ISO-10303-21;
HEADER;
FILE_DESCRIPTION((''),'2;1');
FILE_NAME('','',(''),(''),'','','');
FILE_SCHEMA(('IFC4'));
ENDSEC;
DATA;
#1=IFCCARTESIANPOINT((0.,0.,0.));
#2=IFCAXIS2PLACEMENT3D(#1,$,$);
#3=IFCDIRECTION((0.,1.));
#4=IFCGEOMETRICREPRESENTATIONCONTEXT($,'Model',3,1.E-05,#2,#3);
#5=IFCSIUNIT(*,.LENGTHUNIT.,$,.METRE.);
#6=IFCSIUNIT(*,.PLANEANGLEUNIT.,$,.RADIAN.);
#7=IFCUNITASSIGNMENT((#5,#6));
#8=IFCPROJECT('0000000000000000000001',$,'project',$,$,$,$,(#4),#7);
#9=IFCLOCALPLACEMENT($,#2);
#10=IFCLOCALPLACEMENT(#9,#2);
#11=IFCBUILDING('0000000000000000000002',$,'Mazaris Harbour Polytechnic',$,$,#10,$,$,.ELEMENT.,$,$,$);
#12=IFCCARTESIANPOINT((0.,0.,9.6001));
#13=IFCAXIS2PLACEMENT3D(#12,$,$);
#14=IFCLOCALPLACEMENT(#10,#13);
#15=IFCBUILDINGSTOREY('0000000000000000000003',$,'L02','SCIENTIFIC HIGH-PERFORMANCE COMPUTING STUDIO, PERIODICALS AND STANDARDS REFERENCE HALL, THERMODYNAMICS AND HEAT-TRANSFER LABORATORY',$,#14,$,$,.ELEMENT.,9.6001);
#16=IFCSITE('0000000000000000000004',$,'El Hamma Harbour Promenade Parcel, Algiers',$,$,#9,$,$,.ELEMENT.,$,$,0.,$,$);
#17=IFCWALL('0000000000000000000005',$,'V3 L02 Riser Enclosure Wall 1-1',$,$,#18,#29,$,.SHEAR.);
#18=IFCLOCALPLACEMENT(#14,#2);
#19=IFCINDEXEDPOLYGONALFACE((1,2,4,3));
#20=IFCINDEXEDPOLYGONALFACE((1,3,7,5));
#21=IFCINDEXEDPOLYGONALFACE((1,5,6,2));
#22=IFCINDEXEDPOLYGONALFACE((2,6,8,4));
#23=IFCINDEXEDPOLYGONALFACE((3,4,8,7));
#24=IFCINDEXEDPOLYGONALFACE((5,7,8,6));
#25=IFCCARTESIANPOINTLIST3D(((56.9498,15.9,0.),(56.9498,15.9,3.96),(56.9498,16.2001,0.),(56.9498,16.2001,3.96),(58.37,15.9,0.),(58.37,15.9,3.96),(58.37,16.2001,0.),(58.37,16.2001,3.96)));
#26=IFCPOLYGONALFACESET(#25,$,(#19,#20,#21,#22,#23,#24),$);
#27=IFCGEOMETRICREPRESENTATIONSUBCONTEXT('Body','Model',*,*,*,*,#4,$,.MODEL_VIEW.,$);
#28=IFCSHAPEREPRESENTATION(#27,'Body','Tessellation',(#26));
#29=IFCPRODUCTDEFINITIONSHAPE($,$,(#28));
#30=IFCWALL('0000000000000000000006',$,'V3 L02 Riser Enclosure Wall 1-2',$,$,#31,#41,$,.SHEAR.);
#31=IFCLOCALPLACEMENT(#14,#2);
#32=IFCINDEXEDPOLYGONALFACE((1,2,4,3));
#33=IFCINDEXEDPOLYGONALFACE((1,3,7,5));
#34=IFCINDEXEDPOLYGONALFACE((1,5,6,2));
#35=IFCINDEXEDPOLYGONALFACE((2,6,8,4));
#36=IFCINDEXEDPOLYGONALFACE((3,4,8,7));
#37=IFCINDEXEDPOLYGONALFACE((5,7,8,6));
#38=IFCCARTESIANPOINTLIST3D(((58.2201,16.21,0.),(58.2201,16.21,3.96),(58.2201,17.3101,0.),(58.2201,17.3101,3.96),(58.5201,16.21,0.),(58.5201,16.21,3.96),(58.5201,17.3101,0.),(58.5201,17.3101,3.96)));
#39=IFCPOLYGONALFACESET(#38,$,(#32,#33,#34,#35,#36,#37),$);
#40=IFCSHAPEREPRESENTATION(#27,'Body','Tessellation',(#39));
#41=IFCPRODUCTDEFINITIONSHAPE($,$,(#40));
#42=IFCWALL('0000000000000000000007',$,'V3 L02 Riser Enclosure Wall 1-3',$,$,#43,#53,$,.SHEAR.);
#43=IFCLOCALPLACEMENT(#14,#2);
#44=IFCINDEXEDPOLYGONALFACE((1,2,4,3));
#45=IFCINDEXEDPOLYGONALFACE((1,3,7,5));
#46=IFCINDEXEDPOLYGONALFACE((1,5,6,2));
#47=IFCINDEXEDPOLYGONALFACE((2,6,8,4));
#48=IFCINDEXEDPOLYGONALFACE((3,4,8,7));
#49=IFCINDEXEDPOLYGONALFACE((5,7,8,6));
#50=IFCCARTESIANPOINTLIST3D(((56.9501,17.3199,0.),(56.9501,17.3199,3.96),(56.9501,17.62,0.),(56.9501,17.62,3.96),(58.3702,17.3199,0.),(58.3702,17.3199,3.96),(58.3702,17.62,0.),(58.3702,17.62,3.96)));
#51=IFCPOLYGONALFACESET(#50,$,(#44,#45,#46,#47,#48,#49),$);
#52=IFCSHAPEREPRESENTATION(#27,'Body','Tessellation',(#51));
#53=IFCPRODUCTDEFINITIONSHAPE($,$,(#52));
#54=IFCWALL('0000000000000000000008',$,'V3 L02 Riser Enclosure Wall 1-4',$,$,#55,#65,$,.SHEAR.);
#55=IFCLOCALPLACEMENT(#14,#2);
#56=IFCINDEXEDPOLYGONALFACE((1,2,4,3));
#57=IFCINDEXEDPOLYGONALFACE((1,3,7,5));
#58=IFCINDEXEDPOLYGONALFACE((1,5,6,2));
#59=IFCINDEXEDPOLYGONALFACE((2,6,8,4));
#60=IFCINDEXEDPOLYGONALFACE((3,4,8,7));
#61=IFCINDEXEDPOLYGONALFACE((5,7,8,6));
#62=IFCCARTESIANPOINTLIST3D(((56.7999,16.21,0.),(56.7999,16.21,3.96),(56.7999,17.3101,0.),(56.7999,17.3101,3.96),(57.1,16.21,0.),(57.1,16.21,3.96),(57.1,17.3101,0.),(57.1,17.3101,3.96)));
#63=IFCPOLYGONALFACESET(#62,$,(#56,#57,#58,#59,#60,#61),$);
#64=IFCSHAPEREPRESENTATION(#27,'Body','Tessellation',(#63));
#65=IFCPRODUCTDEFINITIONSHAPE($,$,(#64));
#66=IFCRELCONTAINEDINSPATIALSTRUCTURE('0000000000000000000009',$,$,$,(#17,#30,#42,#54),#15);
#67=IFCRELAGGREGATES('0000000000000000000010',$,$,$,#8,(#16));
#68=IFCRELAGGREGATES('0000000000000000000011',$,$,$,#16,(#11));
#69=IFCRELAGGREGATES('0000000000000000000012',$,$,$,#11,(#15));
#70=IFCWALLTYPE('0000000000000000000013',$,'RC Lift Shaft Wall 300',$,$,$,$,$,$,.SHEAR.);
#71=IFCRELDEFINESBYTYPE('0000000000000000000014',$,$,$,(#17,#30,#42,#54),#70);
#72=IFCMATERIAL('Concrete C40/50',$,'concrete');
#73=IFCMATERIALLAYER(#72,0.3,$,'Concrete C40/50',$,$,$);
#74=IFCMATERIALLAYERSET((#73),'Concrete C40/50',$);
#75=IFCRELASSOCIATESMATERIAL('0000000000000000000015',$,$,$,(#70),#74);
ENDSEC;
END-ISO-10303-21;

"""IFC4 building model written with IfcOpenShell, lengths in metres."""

from ifc_helpers import new_model, si_unit, direction, frame, frame_2d, origin, place, context, subcontext, project, spatial, rectangle, extrude, material, layer, layer_set, type_object, element, save


model = new_model("IFC4")

# Units and contexts
model_context = context("Model", 3, precision=1e-05, world=origin(), true_north=direction((0.0, 1.0)))
body_context = subcontext(model_context, "Body", "Model", "MODEL_VIEW")
ifc_project = project(units=[si_unit("LENGTHUNIT", "METRE"), si_unit("PLANEANGLEUNIT", "RADIAN")], contexts=[model_context])

# Site, building, storey
site_placement = place(None, origin())
site = spatial("IfcSite", under=ifc_project, at=site_placement, Name="El Hamma Harbour Promenade Parcel, Algiers", CompositionType="ELEMENT", RefElevation=0.0)
building_placement = place(site_placement, origin())
building = spatial("IfcBuilding", under=site, at=building_placement, Name="Mazaris Harbour Polytechnic", CompositionType="ELEMENT")
storey_placement = place(building_placement, frame((0.0, 0.0, 9.6001)))
storey = spatial("IfcBuildingStorey", under=building, at=storey_placement, Name="L02", Description="SCIENTIFIC HIGH-PERFORMANCE COMPUTING STUDIO, PERIODICALS AND STANDARDS REFERENCE HALL, THERMODYNAMICS AND HEAT-TRANSFER LABORATORY", CompositionType="ELEMENT", Elevation=9.6001)

# Walls
ifc_material_1 = material(Name="Concrete C40/50", Category="concrete")
ifc_layer_1 = layer(ifc_material_1, 0.3, Name="Concrete C40/50")
ifc_layer_set_1 = layer_set([ifc_layer_1], Name="Concrete C40/50")
wall_type = type_object("IfcWallType", Name="RC Lift Shaft Wall 300", PredefinedType="SHEAR", material=ifc_layer_set_1)
wall_1_placement = place(storey_placement, frame((56.95, 16.05, 0.0), z_axis=(0.0, 0.0, 1.0), x_axis=(1.0, 0.0, 0.0)))
element("IfcWall", 1, at=wall_1_placement, inside=storey, type_object=wall_type, Name="V3 L02 Riser Enclosure Wall 1-1", PredefinedType="SHEAR", context=body_context, shape_type="SweptSolid", body=[
    extrude(rectangle(XDim=1.4202, YDim=0.3, at=frame_2d((0.71, 0.0))), origin(), (0.0, 0.0, 1.0), 3.96),
])
wall_2_placement = place(storey_placement, frame((58.3701, 16.21, 0.0), z_axis=(0.0, 0.0, 1.0), x_axis=(0.0, 1.0, 0.0)))
element("IfcWall", 2, at=wall_2_placement, inside=storey, type_object=wall_type, Name="V3 L02 Riser Enclosure Wall 1-2", PredefinedType="SHEAR", context=body_context, shape_type="SweptSolid", body=[
    extrude(rectangle(XDim=1.1001, YDim=0.3, at=frame_2d((0.55, 0.0))), origin(), (0.0, 0.0, 1.0), 3.96),
])
wall_3_placement = place(storey_placement, frame((58.3701, 17.47, 0.0), z_axis=(0.0, 0.0, 1.0), x_axis=(-1.0, 0.0, 0.0)))
element("IfcWall", 3, at=wall_3_placement, inside=storey, type_object=wall_type, Name="V3 L02 Riser Enclosure Wall 1-3", PredefinedType="SHEAR", context=body_context, shape_type="SweptSolid", body=[
    extrude(rectangle(XDim=1.4202, YDim=0.3, at=frame_2d((0.71, 0.0))), origin(), (0.0, 0.0, 1.0), 3.96),
])
wall_4_placement = place(storey_placement, frame((56.95, 17.3101, 0.0), z_axis=(0.0, 0.0, 1.0), x_axis=(0.0, -1.0, 0.0)))
element("IfcWall", 4, at=wall_4_placement, inside=storey, type_object=wall_type, Name="V3 L02 Riser Enclosure Wall 1-4", PredefinedType="SHEAR", context=body_context, shape_type="SweptSolid", body=[
    extrude(rectangle(XDim=1.1001, YDim=0.3, at=frame_2d((0.55, 0.0))), origin(), (0.0, 0.0, 1.0), 3.96),
])

save(model, "model.ifc")
